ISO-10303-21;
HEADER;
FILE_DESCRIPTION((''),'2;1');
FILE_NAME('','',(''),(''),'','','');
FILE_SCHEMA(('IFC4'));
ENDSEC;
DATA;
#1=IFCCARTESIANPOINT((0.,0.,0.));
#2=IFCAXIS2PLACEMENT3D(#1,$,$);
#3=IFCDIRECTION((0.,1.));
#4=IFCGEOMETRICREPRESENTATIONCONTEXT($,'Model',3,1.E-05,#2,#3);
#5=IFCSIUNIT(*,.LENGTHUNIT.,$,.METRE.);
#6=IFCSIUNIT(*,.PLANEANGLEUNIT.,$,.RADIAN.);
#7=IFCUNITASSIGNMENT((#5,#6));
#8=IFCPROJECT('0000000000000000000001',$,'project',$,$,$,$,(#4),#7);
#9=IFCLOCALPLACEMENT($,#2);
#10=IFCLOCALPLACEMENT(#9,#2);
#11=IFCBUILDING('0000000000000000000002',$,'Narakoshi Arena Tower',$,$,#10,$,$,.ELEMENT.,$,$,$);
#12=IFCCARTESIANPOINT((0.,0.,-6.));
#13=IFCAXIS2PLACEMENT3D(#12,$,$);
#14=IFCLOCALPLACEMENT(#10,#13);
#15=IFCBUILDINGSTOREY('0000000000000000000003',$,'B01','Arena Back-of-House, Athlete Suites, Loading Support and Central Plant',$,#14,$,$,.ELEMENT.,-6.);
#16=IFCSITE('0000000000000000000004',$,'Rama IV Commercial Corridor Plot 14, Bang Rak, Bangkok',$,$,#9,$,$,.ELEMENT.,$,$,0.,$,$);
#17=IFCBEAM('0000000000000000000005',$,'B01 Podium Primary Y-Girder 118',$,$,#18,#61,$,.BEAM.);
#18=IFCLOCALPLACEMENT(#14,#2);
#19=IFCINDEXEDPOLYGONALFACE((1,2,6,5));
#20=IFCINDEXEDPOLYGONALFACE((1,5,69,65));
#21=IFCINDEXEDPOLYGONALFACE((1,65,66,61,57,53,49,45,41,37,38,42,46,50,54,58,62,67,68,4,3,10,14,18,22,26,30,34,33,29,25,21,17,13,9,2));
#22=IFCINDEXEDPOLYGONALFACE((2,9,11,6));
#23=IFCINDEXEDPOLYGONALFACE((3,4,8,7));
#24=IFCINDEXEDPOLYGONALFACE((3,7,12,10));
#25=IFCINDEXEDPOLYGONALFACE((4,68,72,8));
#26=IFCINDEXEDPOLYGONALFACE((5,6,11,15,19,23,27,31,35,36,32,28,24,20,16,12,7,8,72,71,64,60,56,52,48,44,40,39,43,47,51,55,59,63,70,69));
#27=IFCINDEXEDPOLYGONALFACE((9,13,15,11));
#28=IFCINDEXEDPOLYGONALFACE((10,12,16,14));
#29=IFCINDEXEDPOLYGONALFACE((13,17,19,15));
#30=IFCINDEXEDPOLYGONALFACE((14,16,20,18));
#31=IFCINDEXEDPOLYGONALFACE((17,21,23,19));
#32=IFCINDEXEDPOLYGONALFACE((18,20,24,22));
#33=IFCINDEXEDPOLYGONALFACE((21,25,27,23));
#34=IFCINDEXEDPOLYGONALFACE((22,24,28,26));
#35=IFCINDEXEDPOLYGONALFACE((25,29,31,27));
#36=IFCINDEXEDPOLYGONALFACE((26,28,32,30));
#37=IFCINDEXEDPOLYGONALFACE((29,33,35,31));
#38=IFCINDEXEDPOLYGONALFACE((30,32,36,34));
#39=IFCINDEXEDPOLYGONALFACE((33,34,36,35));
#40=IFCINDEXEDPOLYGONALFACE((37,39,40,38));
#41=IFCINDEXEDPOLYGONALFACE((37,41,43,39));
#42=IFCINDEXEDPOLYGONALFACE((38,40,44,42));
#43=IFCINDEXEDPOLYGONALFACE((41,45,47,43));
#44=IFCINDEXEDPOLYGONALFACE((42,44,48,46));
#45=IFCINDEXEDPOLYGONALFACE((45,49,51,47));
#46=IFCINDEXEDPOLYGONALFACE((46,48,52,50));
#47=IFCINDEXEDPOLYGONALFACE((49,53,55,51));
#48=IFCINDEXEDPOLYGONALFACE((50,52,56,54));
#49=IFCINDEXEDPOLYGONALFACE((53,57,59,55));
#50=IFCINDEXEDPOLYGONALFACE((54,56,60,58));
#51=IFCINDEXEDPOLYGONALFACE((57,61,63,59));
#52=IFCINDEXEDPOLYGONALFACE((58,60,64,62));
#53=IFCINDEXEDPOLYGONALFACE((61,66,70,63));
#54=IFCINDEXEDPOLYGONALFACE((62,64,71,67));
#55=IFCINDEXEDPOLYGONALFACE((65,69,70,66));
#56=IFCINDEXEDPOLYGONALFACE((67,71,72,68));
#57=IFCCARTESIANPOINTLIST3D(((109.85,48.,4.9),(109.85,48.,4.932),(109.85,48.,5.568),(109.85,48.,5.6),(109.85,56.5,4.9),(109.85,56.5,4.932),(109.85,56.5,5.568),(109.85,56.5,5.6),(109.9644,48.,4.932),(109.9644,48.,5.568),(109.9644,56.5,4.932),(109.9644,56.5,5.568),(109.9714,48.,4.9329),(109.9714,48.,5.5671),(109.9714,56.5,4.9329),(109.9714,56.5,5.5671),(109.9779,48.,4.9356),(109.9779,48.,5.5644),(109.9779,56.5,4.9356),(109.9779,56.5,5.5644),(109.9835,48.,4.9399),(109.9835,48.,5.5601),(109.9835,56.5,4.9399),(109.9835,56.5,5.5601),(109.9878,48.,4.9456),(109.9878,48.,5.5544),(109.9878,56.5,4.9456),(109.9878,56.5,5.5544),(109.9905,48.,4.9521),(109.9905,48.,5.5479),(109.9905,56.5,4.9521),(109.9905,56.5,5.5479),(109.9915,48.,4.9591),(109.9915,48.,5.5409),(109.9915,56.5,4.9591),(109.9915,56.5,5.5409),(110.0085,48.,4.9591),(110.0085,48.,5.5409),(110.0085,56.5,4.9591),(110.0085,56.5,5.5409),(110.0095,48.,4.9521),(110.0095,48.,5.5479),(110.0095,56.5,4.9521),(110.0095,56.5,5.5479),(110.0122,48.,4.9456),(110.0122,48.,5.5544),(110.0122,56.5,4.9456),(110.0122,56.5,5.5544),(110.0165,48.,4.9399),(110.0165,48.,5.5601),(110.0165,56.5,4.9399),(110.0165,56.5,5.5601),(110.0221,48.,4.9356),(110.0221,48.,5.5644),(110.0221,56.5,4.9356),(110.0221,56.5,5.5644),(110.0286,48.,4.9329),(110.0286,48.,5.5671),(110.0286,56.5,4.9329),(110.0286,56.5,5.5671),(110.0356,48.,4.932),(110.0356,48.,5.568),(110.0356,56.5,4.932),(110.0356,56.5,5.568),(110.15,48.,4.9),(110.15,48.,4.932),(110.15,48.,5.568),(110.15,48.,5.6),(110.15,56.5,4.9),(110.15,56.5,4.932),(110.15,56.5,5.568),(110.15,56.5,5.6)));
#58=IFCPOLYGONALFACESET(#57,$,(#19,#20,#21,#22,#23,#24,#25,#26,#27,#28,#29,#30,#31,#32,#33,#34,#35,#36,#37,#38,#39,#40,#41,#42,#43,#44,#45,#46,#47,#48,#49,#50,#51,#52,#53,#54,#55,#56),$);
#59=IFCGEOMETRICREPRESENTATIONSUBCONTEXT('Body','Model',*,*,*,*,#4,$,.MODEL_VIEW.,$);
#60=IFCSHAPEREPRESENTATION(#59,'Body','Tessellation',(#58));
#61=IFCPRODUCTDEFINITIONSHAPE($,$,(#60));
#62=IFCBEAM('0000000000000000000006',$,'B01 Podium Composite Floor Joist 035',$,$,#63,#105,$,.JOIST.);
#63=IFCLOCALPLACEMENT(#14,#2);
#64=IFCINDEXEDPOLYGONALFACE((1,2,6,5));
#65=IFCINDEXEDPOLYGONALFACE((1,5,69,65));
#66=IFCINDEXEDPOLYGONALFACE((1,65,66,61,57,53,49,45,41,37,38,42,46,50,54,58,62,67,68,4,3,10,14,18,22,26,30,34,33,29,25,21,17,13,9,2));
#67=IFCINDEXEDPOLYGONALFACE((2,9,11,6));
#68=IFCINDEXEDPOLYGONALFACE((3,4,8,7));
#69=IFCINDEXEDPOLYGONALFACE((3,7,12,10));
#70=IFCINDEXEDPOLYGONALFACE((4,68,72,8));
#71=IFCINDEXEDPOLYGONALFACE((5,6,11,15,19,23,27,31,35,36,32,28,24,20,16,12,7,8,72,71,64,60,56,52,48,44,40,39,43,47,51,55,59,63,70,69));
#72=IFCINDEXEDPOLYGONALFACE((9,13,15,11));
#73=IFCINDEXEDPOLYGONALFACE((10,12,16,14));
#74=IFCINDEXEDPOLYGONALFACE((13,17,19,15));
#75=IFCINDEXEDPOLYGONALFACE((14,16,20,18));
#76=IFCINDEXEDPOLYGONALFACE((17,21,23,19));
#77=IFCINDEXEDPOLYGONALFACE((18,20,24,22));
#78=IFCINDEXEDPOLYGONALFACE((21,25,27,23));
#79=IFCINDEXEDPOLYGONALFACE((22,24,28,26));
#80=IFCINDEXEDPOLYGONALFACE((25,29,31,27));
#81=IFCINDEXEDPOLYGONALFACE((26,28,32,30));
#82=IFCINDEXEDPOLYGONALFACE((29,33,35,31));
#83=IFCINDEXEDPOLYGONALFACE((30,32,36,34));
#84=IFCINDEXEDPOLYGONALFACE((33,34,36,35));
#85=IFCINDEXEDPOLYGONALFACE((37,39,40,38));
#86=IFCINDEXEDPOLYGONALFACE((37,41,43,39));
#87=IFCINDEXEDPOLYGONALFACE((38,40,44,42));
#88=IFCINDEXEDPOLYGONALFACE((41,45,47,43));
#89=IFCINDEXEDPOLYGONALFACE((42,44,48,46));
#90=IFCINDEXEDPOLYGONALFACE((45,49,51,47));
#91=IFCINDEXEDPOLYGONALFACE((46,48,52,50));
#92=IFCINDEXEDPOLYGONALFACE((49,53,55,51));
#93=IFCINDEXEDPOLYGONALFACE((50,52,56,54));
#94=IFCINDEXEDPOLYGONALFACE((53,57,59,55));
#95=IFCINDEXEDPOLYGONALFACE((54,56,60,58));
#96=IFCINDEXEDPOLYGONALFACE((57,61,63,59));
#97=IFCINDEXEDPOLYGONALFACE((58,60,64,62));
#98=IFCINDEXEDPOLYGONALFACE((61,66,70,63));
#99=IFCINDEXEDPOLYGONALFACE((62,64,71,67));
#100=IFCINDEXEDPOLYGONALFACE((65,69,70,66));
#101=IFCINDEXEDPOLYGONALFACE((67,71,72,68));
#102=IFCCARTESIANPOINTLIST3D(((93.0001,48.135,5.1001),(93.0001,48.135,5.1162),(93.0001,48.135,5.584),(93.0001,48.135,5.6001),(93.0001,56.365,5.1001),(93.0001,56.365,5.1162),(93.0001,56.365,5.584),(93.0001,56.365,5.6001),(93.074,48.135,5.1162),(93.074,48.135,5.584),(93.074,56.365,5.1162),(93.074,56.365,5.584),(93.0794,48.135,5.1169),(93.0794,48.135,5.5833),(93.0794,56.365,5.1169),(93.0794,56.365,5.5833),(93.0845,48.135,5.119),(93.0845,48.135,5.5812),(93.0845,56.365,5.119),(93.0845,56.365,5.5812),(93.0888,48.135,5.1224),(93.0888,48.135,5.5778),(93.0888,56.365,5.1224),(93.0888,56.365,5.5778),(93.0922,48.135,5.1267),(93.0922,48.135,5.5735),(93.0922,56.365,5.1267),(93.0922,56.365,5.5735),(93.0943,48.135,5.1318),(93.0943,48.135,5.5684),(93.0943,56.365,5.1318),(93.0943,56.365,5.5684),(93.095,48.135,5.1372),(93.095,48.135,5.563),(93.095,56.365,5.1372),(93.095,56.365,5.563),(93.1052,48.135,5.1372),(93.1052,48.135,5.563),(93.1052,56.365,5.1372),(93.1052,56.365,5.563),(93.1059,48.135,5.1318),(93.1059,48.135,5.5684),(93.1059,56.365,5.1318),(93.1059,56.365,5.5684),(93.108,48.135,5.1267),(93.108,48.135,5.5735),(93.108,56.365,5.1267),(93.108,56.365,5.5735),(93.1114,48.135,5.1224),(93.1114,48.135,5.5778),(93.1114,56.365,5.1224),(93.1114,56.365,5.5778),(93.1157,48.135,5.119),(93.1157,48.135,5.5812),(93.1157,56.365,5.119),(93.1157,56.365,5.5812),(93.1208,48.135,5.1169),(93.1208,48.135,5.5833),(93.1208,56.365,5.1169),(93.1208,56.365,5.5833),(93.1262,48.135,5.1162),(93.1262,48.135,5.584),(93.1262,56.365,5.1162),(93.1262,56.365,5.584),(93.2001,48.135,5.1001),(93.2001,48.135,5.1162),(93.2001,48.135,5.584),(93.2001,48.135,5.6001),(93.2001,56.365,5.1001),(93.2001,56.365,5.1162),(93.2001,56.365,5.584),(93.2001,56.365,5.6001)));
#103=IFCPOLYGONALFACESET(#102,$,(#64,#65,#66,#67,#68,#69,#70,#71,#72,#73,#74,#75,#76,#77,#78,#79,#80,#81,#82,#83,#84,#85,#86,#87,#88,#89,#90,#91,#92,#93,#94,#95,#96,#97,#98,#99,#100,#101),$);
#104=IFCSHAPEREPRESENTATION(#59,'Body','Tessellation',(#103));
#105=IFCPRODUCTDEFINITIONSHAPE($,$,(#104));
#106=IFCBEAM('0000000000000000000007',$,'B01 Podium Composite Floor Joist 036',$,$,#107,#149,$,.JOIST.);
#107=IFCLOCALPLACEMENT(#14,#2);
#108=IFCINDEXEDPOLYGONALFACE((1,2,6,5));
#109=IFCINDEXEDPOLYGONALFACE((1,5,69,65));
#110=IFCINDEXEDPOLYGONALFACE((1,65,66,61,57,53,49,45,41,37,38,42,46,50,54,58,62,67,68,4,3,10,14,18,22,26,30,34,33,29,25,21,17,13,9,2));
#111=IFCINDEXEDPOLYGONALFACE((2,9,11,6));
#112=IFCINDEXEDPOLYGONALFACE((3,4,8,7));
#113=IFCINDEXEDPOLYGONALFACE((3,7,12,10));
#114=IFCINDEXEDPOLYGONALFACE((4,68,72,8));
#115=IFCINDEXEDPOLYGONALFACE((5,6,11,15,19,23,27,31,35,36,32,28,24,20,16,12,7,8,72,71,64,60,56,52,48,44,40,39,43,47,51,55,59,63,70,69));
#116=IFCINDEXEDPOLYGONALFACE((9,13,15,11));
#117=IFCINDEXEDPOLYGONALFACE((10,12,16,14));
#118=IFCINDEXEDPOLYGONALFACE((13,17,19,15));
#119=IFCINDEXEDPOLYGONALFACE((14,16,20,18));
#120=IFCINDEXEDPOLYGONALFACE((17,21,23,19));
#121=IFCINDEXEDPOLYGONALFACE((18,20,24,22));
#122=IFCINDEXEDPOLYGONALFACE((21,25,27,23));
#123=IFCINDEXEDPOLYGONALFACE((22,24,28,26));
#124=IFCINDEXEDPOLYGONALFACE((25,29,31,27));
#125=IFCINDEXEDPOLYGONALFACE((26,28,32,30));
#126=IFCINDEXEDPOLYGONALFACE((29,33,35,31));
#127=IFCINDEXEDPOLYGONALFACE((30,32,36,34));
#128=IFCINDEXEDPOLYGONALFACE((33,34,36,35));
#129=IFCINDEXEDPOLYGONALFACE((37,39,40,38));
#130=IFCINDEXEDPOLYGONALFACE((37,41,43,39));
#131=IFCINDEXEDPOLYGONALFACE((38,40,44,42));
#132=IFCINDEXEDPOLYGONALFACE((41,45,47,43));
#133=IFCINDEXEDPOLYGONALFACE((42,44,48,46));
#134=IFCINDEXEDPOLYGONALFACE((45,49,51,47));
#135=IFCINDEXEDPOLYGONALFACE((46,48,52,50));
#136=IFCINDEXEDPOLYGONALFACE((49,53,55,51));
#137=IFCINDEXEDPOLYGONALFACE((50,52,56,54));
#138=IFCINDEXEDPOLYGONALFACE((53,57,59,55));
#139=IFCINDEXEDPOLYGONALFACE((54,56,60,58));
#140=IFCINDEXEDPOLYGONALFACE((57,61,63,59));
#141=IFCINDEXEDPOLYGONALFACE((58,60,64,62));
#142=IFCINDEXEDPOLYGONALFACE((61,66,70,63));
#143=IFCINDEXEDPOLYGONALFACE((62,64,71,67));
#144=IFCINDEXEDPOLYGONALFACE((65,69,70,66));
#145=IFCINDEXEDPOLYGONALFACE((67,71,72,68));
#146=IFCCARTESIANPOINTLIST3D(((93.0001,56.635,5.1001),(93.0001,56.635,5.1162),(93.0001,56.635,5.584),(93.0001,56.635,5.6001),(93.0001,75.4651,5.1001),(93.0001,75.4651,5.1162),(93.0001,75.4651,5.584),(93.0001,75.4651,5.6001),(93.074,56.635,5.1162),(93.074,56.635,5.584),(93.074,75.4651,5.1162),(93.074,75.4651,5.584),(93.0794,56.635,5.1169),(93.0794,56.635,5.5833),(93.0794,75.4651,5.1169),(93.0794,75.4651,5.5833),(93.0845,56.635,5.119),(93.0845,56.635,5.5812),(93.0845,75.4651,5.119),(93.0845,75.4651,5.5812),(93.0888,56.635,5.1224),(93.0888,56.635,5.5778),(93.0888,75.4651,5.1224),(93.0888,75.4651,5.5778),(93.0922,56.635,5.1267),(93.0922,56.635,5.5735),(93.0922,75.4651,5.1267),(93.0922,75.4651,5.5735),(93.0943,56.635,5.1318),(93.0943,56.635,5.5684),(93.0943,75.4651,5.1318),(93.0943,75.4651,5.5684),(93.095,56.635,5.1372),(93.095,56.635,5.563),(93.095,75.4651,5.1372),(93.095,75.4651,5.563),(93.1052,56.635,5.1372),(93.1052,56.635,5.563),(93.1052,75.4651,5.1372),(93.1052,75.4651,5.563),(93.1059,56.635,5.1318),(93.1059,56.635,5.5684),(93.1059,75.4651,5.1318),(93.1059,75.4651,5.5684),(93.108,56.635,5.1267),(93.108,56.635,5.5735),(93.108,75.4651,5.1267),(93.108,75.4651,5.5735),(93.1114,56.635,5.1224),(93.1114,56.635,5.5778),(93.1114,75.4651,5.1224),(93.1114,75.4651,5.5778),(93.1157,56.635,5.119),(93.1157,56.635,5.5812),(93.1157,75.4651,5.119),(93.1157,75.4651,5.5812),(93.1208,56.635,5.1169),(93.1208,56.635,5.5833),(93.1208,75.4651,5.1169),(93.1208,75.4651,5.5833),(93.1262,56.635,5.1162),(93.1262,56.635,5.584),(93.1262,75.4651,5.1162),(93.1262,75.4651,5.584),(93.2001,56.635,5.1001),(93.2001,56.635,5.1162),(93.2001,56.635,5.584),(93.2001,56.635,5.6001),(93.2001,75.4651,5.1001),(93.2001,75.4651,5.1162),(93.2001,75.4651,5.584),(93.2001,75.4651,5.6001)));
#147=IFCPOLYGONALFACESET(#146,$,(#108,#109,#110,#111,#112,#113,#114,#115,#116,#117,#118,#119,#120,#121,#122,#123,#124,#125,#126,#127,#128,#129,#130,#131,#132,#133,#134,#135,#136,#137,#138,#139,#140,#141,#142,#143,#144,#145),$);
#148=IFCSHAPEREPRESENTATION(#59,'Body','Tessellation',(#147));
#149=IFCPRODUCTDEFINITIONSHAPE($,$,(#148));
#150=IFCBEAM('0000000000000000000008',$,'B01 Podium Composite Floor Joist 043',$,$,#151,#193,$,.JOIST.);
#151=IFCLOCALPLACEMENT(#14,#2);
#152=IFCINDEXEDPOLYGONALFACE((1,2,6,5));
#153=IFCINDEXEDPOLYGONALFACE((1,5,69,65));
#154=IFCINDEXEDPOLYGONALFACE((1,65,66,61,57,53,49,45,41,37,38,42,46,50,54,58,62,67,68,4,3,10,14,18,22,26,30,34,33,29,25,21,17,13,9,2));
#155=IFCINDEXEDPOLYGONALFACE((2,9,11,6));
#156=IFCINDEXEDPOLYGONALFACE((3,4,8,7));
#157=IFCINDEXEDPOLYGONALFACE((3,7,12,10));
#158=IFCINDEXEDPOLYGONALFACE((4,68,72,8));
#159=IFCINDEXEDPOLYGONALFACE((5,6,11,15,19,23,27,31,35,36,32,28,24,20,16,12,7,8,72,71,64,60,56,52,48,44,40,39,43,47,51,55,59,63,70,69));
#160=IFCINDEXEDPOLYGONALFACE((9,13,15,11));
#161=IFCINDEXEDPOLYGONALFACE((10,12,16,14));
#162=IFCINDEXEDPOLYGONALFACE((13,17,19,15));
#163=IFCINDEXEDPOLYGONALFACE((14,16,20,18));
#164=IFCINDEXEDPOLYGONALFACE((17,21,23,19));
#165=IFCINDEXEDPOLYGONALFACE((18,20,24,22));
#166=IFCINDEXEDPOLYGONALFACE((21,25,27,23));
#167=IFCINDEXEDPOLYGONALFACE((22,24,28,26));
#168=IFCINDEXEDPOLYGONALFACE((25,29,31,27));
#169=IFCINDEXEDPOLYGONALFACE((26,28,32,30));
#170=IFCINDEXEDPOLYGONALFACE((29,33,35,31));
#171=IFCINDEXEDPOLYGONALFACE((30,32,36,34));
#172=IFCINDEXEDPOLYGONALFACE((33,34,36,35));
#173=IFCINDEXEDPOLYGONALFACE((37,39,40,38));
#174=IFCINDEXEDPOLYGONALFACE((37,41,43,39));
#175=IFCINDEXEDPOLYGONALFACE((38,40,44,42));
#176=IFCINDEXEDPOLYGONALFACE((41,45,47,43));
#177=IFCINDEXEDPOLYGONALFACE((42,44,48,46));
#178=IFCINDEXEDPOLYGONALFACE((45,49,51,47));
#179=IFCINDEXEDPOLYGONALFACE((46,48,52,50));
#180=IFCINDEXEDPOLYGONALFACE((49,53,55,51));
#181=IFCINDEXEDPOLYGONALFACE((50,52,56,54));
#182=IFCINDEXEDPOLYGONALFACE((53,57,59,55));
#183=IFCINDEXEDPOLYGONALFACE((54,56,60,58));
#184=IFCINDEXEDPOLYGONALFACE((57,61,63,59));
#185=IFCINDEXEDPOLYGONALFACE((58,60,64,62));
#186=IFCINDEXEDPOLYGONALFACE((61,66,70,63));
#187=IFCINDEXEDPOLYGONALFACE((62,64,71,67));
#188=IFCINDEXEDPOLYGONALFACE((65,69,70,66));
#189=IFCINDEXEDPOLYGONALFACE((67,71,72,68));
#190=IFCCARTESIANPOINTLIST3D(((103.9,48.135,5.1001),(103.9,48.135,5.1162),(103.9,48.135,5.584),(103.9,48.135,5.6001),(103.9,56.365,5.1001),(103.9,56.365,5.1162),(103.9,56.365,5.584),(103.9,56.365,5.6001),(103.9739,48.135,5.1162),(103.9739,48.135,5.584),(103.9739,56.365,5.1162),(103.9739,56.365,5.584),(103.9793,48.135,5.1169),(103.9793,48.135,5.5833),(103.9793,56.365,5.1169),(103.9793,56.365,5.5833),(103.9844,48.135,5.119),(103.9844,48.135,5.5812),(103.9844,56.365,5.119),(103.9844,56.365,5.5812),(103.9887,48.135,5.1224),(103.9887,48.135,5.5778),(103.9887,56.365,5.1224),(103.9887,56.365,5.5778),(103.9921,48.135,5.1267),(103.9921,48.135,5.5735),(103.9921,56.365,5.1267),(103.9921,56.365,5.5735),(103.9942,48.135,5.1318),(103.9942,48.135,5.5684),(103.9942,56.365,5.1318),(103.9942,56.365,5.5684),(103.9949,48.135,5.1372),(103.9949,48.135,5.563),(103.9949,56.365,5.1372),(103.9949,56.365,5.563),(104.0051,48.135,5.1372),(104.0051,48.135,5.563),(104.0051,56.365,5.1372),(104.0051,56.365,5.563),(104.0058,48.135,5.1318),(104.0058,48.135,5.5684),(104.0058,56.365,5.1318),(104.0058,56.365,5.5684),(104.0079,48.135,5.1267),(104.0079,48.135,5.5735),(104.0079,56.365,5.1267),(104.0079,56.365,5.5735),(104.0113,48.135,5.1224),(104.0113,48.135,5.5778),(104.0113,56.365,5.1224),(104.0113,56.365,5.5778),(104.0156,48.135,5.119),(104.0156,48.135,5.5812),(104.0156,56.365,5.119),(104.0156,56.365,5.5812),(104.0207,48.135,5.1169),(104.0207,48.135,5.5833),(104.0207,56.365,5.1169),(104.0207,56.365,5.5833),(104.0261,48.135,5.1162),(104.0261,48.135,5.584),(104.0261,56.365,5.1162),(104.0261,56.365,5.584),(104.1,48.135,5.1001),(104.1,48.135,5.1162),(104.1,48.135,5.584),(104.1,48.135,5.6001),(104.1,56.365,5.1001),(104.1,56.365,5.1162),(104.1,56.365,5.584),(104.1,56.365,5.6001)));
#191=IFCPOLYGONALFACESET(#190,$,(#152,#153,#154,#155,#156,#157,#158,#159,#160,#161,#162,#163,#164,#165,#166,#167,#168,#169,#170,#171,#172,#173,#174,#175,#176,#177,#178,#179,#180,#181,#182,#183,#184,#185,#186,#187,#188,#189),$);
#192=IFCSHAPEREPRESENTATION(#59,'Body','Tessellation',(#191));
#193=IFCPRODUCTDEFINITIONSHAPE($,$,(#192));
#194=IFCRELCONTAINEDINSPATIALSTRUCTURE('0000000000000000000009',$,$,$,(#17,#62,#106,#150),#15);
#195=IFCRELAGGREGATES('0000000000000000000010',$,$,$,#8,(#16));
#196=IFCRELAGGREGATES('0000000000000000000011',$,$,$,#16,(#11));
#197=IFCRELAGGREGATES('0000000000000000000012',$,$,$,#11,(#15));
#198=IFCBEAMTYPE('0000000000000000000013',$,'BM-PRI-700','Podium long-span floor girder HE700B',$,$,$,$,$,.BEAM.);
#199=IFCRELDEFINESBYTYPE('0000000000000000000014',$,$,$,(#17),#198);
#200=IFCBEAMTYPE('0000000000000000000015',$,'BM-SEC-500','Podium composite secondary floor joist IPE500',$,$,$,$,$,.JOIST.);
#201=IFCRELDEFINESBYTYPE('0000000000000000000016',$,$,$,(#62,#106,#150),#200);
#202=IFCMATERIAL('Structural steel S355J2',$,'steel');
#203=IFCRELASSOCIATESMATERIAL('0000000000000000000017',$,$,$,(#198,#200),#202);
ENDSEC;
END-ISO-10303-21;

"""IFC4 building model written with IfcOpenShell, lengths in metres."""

from ifc_helpers import new_model, si_unit, direction, frame, origin, origin_2d, place, context, subcontext, project, spatial, i_section, extrude, material, material_profile, profile_set, type_object, element, save


model = new_model("IFC4")

# Units and contexts
model_context = context("Model", 3, precision=1e-05, world=origin(), true_north=direction((0.0, 1.0)))
body_context = subcontext(model_context, "Body", "Model", "MODEL_VIEW")
ifc_project = project(units=[si_unit("LENGTHUNIT", "METRE"), si_unit("PLANEANGLEUNIT", "RADIAN")], contexts=[model_context])

# Site, building, storey
site_placement = place(None, origin())
site = spatial("IfcSite", under=ifc_project, at=site_placement, Name="Rama IV Commercial Corridor Plot 14, Bang Rak, Bangkok", CompositionType="ELEMENT", RefElevation=0.0)
building_placement = place(site_placement, origin())
building = spatial("IfcBuilding", under=site, at=building_placement, Name="Narakoshi Arena Tower", CompositionType="ELEMENT")
storey_placement = place(building_placement, frame((0.0, 0.0, -6.0)))
storey = spatial("IfcBuildingStorey", under=building, at=storey_placement, Name="B01", Description="Arena Back-of-House, Athlete Suites, Loading Support and Central Plant", CompositionType="ELEMENT", Elevation=-6.0)

# Beams
ifc_material_1 = material(Name="Structural steel S355J2", Category="steel")
ifc_material_profile_1 = material_profile(ifc_material_1, i_section(OverallWidth=0.3, OverallDepth=0.7, WebThickness=0.0171, FlangeThickness=0.032, FilletRadius=0.0271, at=origin_2d()), Name="HE700B")
ifc_profile_set_1 = profile_set([ifc_material_profile_1], Name="Structural steel S355J2")
beam_type_1 = type_object("IfcBeamType", Name="BM-PRI-700", Description="Podium long-span floor girder HE700B", PredefinedType="BEAM", material=ifc_profile_set_1)
beam_1_placement = place(storey_placement, frame((110.0, 48.0, 5.25), z_axis=(0.0, 1.0, 0.0), x_axis=(-1.0, 0.0, 0.0)))
element("IfcBeam", 1, at=beam_1_placement, inside=storey, type_object=beam_type_1, Name="B01 Podium Primary Y-Girder 118", PredefinedType="BEAM", context=body_context, shape_type="SweptSolid", body=[
    extrude(i_section(OverallWidth=0.3, OverallDepth=0.7, WebThickness=0.0171, FlangeThickness=0.032, FilletRadius=0.0271, at=origin_2d()), origin(), (0.0, 0.0, 1.0), 8.5),
])
ifc_material_profile_2 = material_profile(ifc_material_1, i_section(OverallWidth=0.2, OverallDepth=0.5, WebThickness=0.0103, FlangeThickness=0.0161, FilletRadius=0.021, at=origin_2d()), Name="IPE500")
ifc_profile_set_2 = profile_set([ifc_material_profile_2], Name="Structural steel S355J2")
beam_type_2 = type_object("IfcBeamType", Name="BM-SEC-500", Description="Podium composite secondary floor joist IPE500", PredefinedType="JOIST", material=ifc_profile_set_2)
beam_2_placement = place(storey_placement, frame((93.1001, 48.135, 5.3501), z_axis=(0.0, 1.0, 0.0), x_axis=(-1.0, 0.0, 0.0)))
element("IfcBeam", 2, at=beam_2_placement, inside=storey, type_object=beam_type_2, Name="B01 Podium Composite Floor Joist 035", PredefinedType="JOIST", context=body_context, shape_type="SweptSolid", body=[
    extrude(i_section(OverallWidth=0.2, OverallDepth=0.5, WebThickness=0.0103, FlangeThickness=0.0161, FilletRadius=0.021, at=origin_2d()), origin(), (0.0, 0.0, 1.0), 8.23),
])
beam_3_placement = place(storey_placement, frame((93.1001, 56.635, 5.3501), z_axis=(0.0, 1.0, 0.0), x_axis=(-1.0, 0.0, 0.0)))
element("IfcBeam", 3, at=beam_3_placement, inside=storey, type_object=beam_type_2, Name="B01 Podium Composite Floor Joist 036", PredefinedType="JOIST", context=body_context, shape_type="SweptSolid", body=[
    extrude(i_section(OverallWidth=0.2, OverallDepth=0.5, WebThickness=0.0103, FlangeThickness=0.0161, FilletRadius=0.021, at=origin_2d()), origin(), (0.0, 0.0, 1.0), 18.8301),
])
beam_4_placement = place(storey_placement, frame((104.0, 48.135, 5.3501), z_axis=(0.0, 1.0, 0.0), x_axis=(-1.0, 0.0, 0.0)))
element("IfcBeam", 4, at=beam_4_placement, inside=storey, type_object=beam_type_2, Name="B01 Podium Composite Floor Joist 043", PredefinedType="JOIST", context=body_context, shape_type="SweptSolid", body=[
    extrude(i_section(OverallWidth=0.2, OverallDepth=0.5, WebThickness=0.0103, FlangeThickness=0.0161, FilletRadius=0.021, at=origin_2d()), origin(), (0.0, 0.0, 1.0), 8.23),
])

save(model, "model.ifc")
